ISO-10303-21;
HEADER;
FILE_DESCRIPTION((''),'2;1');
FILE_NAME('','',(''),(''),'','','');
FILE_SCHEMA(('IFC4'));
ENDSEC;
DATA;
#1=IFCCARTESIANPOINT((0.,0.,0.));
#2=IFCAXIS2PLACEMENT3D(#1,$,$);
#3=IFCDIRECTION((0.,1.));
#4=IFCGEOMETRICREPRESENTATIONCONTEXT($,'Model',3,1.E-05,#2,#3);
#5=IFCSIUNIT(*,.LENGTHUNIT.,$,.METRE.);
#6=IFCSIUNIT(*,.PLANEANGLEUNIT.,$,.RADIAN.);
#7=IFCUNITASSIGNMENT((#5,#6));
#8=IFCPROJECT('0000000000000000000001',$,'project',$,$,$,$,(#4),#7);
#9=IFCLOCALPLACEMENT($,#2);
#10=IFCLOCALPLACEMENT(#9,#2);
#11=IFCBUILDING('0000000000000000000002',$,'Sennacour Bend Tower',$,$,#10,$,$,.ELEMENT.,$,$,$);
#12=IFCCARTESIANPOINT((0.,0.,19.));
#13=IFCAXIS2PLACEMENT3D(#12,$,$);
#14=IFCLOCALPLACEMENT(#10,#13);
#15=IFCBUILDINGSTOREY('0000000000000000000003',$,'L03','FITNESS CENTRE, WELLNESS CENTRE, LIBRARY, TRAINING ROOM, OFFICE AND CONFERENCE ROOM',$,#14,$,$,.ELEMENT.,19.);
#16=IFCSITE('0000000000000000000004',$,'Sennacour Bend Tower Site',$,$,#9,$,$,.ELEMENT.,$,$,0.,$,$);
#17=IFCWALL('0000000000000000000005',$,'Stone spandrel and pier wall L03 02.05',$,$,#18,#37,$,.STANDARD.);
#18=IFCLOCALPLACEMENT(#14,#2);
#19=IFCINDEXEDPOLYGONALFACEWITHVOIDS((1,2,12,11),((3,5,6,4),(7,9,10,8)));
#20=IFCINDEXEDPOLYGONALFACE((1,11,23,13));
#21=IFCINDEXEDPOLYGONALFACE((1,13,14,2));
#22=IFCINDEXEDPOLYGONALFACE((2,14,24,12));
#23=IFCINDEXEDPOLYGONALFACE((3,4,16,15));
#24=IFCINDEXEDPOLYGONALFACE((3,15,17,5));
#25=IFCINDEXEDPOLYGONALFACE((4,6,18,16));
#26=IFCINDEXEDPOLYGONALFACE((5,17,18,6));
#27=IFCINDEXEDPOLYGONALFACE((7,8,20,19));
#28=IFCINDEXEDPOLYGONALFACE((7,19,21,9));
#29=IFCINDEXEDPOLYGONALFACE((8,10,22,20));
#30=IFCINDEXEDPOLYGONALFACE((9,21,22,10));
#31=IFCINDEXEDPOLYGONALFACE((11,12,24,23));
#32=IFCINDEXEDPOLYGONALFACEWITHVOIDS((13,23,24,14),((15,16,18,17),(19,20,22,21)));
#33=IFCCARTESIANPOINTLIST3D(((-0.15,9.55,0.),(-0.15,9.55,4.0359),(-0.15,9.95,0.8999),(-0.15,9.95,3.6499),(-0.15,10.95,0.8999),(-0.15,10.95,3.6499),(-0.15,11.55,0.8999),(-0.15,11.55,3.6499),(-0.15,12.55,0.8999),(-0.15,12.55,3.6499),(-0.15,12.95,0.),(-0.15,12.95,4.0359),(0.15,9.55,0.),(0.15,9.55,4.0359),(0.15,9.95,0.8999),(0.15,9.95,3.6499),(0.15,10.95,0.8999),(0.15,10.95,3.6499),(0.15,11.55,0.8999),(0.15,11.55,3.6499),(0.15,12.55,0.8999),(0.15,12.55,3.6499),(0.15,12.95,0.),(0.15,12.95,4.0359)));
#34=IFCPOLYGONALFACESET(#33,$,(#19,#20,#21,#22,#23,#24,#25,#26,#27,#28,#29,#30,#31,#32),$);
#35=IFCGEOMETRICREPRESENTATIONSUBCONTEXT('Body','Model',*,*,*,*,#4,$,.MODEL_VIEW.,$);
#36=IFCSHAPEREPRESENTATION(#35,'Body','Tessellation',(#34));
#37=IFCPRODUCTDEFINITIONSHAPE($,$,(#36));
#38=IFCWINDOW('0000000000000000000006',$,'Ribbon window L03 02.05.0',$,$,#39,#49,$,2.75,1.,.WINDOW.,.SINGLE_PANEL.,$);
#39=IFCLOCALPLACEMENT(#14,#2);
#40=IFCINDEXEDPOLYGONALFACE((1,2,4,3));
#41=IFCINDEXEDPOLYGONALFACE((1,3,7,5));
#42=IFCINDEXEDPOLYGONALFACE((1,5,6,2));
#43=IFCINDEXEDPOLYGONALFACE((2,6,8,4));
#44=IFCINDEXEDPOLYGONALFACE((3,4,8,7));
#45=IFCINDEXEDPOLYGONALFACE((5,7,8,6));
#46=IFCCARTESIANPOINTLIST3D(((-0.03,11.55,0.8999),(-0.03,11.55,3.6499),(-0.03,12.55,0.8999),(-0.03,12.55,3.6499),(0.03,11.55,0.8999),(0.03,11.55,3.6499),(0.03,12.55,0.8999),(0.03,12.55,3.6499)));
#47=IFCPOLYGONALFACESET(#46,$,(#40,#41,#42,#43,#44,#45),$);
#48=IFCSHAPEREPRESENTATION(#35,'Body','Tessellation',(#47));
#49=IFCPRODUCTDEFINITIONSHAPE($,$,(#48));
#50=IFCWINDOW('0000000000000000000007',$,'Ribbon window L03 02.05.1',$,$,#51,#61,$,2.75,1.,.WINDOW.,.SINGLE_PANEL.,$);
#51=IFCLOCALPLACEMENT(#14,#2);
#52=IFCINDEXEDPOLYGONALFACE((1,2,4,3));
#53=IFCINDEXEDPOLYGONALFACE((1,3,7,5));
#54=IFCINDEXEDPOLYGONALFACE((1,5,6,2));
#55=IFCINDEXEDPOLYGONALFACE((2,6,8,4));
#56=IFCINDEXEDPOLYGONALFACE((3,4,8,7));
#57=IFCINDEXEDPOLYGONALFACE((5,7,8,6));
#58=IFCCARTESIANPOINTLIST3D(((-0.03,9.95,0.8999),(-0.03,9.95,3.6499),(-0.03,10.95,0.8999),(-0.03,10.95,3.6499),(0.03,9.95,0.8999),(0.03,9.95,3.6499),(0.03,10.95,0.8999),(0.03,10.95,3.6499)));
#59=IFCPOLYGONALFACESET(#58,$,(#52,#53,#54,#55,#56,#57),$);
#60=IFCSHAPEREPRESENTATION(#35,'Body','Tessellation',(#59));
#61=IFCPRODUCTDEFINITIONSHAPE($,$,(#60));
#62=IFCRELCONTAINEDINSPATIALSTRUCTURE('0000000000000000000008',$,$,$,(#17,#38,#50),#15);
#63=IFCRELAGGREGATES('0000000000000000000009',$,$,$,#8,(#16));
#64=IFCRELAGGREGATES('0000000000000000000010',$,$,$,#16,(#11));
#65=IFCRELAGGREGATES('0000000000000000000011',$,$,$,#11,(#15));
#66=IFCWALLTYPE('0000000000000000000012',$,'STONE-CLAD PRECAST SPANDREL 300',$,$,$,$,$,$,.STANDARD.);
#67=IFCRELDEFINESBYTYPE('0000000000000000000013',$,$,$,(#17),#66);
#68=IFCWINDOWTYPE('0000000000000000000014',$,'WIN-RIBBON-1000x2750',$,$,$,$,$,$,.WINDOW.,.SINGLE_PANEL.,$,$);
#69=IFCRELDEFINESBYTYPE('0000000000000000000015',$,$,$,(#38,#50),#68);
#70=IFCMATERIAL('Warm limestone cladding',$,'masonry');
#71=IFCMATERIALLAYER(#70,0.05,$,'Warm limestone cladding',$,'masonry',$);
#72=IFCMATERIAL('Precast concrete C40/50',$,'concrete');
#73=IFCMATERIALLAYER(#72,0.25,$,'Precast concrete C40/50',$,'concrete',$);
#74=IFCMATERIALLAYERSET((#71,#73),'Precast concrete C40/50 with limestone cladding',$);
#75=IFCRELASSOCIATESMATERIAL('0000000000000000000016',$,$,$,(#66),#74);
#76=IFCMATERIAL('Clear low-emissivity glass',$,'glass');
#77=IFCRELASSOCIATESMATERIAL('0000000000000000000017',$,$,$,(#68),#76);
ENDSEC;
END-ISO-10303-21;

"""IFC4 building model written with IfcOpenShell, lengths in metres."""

from ifc_helpers import new_model, si_unit, direction, frame, frame_2d, origin, place, context, subcontext, project, spatial, rectangle, extrude, material, layer, layer_set, type_object, element, fill, save


model = new_model("IFC4")

# Units and contexts
model_context = context("Model", 3, precision=1e-05, world=origin(), true_north=direction((0.0, 1.0)))
body_context = subcontext(model_context, "Body", "Model", "MODEL_VIEW")
ifc_project = project(units=[si_unit("LENGTHUNIT", "METRE"), si_unit("PLANEANGLEUNIT", "RADIAN")], contexts=[model_context])

# Site, building, storey
site_placement = place(None, origin())
site = spatial("IfcSite", under=ifc_project, at=site_placement, Name="Sennacour Bend Tower Site", CompositionType="ELEMENT", RefElevation=0.0)
building_placement = place(site_placement, origin())
building = spatial("IfcBuilding", under=site, at=building_placement, Name="Sennacour Bend Tower", CompositionType="ELEMENT")
storey_placement = place(building_placement, frame((0.0, 0.0, 19.0)))
storey = spatial("IfcBuildingStorey", under=building, at=storey_placement, Name="L03", Description="FITNESS CENTRE, WELLNESS CENTRE, LIBRARY, TRAINING ROOM, OFFICE AND CONFERENCE ROOM", CompositionType="ELEMENT", Elevation=19.0)

# Wall, openings, windows
ifc_material_1 = material(Name="Warm limestone cladding", Category="masonry")
ifc_layer_1 = layer(ifc_material_1, 0.05, Name="Warm limestone cladding", Category="masonry")
ifc_material_2 = material(Name="Precast concrete C40/50", Category="concrete")
ifc_layer_2 = layer(ifc_material_2, 0.25, Name="Precast concrete C40/50", Category="concrete")
ifc_layer_set_1 = layer_set([ifc_layer_1, ifc_layer_2], Name="Precast concrete C40/50 with limestone cladding")
wall_type_1 = type_object("IfcWallType", Name="STONE-CLAD PRECAST SPANDREL 300", PredefinedType="STANDARD", material=ifc_layer_set_1)
ifc_material_3 = material(Name="Clear low-emissivity glass", Category="glass")
window_type = type_object("IfcWindowType", Name="WIN-RIBBON-1000x2750", PartitioningType="SINGLE_PANEL", PredefinedType="WINDOW", material=ifc_material_3)
wall_1_placement = place(storey_placement, frame((0.0, 12.95, 0.0), z_axis=(0.0, 0.0, 1.0), x_axis=(0.0, -1.0, 0.0)))
wall_1 = element("IfcWall", 1, at=wall_1_placement, inside=storey, type_object=wall_type_1, Name="Stone spandrel and pier wall L03 02.05", PredefinedType="STANDARD", context=body_context, shape_type="SweptSolid", body=[
    extrude(rectangle(XDim=3.3999, YDim=0.3, at=frame_2d((1.7, 0.0))), origin(), (0.0, 0.0, 1.0), 4.0359),
])
opening_1_placement = place(wall_1_placement, frame((0.3999, 0.0, 0.8999)))
opening_1 = element("IfcOpeningElement", 2, at=opening_1_placement, cuts=wall_1, PredefinedType="OPENING", context=body_context, shape_type="SweptSolid", body=[
    extrude(rectangle(XDim=1.0, YDim=2.75, at=frame_2d((0.5, 1.375))), frame((0.0, 0.1602, 0.0), z_axis=(0.0, -1.0, 0.0), x_axis=(1.0, 0.0, 0.0)), (0.0, 0.0, 1.0), 0.3201),
])
opening_2_placement = place(wall_1_placement, frame((2.0, 0.0, 0.8999)))
opening_2 = element("IfcOpeningElement", 3, at=opening_2_placement, cuts=wall_1, PredefinedType="OPENING", context=body_context, shape_type="SweptSolid", body=[
    extrude(rectangle(XDim=1.0, YDim=2.75, at=frame_2d((0.5, 1.375))), frame((0.0, 0.1602, 0.0), z_axis=(0.0, -1.0, 0.0), x_axis=(1.0, 0.0, 0.0)), (0.0, 0.0, 1.0), 0.3201),
])
window_1_placement = place(opening_1_placement, origin())
window_1 = element("IfcWindow", 4, at=window_1_placement, inside=storey, type_object=window_type, Name="Ribbon window L03 02.05.0", OverallHeight=2.75, OverallWidth=1.0, PartitioningType="SINGLE_PANEL", PredefinedType="WINDOW", context=body_context, shape_type="SweptSolid", body=[
    extrude(rectangle(XDim=1.0, YDim=2.75, at=frame_2d((0.5, 1.375))), frame((0.0, 0.03, 0.0), z_axis=(0.0, -1.0, 0.0), x_axis=(1.0, 0.0, 0.0)), (0.0, 0.0, 1.0), 0.0601),
])
fill(opening_1, window_1)
window_2_placement = place(opening_2_placement, origin())
window_2 = element("IfcWindow", 5, at=window_2_placement, inside=storey, type_object=window_type, Name="Ribbon window L03 02.05.1", OverallHeight=2.75, OverallWidth=1.0, PartitioningType="SINGLE_PANEL", PredefinedType="WINDOW", context=body_context, shape_type="SweptSolid", body=[
    extrude(rectangle(XDim=1.0, YDim=2.75, at=frame_2d((0.5, 1.375))), frame((0.0, 0.03, 0.0), z_axis=(0.0, -1.0, 0.0), x_axis=(1.0, 0.0, 0.0)), (0.0, 0.0, 1.0), 0.0601),
])
fill(opening_2, window_2)

save(model, "model.ifc")
